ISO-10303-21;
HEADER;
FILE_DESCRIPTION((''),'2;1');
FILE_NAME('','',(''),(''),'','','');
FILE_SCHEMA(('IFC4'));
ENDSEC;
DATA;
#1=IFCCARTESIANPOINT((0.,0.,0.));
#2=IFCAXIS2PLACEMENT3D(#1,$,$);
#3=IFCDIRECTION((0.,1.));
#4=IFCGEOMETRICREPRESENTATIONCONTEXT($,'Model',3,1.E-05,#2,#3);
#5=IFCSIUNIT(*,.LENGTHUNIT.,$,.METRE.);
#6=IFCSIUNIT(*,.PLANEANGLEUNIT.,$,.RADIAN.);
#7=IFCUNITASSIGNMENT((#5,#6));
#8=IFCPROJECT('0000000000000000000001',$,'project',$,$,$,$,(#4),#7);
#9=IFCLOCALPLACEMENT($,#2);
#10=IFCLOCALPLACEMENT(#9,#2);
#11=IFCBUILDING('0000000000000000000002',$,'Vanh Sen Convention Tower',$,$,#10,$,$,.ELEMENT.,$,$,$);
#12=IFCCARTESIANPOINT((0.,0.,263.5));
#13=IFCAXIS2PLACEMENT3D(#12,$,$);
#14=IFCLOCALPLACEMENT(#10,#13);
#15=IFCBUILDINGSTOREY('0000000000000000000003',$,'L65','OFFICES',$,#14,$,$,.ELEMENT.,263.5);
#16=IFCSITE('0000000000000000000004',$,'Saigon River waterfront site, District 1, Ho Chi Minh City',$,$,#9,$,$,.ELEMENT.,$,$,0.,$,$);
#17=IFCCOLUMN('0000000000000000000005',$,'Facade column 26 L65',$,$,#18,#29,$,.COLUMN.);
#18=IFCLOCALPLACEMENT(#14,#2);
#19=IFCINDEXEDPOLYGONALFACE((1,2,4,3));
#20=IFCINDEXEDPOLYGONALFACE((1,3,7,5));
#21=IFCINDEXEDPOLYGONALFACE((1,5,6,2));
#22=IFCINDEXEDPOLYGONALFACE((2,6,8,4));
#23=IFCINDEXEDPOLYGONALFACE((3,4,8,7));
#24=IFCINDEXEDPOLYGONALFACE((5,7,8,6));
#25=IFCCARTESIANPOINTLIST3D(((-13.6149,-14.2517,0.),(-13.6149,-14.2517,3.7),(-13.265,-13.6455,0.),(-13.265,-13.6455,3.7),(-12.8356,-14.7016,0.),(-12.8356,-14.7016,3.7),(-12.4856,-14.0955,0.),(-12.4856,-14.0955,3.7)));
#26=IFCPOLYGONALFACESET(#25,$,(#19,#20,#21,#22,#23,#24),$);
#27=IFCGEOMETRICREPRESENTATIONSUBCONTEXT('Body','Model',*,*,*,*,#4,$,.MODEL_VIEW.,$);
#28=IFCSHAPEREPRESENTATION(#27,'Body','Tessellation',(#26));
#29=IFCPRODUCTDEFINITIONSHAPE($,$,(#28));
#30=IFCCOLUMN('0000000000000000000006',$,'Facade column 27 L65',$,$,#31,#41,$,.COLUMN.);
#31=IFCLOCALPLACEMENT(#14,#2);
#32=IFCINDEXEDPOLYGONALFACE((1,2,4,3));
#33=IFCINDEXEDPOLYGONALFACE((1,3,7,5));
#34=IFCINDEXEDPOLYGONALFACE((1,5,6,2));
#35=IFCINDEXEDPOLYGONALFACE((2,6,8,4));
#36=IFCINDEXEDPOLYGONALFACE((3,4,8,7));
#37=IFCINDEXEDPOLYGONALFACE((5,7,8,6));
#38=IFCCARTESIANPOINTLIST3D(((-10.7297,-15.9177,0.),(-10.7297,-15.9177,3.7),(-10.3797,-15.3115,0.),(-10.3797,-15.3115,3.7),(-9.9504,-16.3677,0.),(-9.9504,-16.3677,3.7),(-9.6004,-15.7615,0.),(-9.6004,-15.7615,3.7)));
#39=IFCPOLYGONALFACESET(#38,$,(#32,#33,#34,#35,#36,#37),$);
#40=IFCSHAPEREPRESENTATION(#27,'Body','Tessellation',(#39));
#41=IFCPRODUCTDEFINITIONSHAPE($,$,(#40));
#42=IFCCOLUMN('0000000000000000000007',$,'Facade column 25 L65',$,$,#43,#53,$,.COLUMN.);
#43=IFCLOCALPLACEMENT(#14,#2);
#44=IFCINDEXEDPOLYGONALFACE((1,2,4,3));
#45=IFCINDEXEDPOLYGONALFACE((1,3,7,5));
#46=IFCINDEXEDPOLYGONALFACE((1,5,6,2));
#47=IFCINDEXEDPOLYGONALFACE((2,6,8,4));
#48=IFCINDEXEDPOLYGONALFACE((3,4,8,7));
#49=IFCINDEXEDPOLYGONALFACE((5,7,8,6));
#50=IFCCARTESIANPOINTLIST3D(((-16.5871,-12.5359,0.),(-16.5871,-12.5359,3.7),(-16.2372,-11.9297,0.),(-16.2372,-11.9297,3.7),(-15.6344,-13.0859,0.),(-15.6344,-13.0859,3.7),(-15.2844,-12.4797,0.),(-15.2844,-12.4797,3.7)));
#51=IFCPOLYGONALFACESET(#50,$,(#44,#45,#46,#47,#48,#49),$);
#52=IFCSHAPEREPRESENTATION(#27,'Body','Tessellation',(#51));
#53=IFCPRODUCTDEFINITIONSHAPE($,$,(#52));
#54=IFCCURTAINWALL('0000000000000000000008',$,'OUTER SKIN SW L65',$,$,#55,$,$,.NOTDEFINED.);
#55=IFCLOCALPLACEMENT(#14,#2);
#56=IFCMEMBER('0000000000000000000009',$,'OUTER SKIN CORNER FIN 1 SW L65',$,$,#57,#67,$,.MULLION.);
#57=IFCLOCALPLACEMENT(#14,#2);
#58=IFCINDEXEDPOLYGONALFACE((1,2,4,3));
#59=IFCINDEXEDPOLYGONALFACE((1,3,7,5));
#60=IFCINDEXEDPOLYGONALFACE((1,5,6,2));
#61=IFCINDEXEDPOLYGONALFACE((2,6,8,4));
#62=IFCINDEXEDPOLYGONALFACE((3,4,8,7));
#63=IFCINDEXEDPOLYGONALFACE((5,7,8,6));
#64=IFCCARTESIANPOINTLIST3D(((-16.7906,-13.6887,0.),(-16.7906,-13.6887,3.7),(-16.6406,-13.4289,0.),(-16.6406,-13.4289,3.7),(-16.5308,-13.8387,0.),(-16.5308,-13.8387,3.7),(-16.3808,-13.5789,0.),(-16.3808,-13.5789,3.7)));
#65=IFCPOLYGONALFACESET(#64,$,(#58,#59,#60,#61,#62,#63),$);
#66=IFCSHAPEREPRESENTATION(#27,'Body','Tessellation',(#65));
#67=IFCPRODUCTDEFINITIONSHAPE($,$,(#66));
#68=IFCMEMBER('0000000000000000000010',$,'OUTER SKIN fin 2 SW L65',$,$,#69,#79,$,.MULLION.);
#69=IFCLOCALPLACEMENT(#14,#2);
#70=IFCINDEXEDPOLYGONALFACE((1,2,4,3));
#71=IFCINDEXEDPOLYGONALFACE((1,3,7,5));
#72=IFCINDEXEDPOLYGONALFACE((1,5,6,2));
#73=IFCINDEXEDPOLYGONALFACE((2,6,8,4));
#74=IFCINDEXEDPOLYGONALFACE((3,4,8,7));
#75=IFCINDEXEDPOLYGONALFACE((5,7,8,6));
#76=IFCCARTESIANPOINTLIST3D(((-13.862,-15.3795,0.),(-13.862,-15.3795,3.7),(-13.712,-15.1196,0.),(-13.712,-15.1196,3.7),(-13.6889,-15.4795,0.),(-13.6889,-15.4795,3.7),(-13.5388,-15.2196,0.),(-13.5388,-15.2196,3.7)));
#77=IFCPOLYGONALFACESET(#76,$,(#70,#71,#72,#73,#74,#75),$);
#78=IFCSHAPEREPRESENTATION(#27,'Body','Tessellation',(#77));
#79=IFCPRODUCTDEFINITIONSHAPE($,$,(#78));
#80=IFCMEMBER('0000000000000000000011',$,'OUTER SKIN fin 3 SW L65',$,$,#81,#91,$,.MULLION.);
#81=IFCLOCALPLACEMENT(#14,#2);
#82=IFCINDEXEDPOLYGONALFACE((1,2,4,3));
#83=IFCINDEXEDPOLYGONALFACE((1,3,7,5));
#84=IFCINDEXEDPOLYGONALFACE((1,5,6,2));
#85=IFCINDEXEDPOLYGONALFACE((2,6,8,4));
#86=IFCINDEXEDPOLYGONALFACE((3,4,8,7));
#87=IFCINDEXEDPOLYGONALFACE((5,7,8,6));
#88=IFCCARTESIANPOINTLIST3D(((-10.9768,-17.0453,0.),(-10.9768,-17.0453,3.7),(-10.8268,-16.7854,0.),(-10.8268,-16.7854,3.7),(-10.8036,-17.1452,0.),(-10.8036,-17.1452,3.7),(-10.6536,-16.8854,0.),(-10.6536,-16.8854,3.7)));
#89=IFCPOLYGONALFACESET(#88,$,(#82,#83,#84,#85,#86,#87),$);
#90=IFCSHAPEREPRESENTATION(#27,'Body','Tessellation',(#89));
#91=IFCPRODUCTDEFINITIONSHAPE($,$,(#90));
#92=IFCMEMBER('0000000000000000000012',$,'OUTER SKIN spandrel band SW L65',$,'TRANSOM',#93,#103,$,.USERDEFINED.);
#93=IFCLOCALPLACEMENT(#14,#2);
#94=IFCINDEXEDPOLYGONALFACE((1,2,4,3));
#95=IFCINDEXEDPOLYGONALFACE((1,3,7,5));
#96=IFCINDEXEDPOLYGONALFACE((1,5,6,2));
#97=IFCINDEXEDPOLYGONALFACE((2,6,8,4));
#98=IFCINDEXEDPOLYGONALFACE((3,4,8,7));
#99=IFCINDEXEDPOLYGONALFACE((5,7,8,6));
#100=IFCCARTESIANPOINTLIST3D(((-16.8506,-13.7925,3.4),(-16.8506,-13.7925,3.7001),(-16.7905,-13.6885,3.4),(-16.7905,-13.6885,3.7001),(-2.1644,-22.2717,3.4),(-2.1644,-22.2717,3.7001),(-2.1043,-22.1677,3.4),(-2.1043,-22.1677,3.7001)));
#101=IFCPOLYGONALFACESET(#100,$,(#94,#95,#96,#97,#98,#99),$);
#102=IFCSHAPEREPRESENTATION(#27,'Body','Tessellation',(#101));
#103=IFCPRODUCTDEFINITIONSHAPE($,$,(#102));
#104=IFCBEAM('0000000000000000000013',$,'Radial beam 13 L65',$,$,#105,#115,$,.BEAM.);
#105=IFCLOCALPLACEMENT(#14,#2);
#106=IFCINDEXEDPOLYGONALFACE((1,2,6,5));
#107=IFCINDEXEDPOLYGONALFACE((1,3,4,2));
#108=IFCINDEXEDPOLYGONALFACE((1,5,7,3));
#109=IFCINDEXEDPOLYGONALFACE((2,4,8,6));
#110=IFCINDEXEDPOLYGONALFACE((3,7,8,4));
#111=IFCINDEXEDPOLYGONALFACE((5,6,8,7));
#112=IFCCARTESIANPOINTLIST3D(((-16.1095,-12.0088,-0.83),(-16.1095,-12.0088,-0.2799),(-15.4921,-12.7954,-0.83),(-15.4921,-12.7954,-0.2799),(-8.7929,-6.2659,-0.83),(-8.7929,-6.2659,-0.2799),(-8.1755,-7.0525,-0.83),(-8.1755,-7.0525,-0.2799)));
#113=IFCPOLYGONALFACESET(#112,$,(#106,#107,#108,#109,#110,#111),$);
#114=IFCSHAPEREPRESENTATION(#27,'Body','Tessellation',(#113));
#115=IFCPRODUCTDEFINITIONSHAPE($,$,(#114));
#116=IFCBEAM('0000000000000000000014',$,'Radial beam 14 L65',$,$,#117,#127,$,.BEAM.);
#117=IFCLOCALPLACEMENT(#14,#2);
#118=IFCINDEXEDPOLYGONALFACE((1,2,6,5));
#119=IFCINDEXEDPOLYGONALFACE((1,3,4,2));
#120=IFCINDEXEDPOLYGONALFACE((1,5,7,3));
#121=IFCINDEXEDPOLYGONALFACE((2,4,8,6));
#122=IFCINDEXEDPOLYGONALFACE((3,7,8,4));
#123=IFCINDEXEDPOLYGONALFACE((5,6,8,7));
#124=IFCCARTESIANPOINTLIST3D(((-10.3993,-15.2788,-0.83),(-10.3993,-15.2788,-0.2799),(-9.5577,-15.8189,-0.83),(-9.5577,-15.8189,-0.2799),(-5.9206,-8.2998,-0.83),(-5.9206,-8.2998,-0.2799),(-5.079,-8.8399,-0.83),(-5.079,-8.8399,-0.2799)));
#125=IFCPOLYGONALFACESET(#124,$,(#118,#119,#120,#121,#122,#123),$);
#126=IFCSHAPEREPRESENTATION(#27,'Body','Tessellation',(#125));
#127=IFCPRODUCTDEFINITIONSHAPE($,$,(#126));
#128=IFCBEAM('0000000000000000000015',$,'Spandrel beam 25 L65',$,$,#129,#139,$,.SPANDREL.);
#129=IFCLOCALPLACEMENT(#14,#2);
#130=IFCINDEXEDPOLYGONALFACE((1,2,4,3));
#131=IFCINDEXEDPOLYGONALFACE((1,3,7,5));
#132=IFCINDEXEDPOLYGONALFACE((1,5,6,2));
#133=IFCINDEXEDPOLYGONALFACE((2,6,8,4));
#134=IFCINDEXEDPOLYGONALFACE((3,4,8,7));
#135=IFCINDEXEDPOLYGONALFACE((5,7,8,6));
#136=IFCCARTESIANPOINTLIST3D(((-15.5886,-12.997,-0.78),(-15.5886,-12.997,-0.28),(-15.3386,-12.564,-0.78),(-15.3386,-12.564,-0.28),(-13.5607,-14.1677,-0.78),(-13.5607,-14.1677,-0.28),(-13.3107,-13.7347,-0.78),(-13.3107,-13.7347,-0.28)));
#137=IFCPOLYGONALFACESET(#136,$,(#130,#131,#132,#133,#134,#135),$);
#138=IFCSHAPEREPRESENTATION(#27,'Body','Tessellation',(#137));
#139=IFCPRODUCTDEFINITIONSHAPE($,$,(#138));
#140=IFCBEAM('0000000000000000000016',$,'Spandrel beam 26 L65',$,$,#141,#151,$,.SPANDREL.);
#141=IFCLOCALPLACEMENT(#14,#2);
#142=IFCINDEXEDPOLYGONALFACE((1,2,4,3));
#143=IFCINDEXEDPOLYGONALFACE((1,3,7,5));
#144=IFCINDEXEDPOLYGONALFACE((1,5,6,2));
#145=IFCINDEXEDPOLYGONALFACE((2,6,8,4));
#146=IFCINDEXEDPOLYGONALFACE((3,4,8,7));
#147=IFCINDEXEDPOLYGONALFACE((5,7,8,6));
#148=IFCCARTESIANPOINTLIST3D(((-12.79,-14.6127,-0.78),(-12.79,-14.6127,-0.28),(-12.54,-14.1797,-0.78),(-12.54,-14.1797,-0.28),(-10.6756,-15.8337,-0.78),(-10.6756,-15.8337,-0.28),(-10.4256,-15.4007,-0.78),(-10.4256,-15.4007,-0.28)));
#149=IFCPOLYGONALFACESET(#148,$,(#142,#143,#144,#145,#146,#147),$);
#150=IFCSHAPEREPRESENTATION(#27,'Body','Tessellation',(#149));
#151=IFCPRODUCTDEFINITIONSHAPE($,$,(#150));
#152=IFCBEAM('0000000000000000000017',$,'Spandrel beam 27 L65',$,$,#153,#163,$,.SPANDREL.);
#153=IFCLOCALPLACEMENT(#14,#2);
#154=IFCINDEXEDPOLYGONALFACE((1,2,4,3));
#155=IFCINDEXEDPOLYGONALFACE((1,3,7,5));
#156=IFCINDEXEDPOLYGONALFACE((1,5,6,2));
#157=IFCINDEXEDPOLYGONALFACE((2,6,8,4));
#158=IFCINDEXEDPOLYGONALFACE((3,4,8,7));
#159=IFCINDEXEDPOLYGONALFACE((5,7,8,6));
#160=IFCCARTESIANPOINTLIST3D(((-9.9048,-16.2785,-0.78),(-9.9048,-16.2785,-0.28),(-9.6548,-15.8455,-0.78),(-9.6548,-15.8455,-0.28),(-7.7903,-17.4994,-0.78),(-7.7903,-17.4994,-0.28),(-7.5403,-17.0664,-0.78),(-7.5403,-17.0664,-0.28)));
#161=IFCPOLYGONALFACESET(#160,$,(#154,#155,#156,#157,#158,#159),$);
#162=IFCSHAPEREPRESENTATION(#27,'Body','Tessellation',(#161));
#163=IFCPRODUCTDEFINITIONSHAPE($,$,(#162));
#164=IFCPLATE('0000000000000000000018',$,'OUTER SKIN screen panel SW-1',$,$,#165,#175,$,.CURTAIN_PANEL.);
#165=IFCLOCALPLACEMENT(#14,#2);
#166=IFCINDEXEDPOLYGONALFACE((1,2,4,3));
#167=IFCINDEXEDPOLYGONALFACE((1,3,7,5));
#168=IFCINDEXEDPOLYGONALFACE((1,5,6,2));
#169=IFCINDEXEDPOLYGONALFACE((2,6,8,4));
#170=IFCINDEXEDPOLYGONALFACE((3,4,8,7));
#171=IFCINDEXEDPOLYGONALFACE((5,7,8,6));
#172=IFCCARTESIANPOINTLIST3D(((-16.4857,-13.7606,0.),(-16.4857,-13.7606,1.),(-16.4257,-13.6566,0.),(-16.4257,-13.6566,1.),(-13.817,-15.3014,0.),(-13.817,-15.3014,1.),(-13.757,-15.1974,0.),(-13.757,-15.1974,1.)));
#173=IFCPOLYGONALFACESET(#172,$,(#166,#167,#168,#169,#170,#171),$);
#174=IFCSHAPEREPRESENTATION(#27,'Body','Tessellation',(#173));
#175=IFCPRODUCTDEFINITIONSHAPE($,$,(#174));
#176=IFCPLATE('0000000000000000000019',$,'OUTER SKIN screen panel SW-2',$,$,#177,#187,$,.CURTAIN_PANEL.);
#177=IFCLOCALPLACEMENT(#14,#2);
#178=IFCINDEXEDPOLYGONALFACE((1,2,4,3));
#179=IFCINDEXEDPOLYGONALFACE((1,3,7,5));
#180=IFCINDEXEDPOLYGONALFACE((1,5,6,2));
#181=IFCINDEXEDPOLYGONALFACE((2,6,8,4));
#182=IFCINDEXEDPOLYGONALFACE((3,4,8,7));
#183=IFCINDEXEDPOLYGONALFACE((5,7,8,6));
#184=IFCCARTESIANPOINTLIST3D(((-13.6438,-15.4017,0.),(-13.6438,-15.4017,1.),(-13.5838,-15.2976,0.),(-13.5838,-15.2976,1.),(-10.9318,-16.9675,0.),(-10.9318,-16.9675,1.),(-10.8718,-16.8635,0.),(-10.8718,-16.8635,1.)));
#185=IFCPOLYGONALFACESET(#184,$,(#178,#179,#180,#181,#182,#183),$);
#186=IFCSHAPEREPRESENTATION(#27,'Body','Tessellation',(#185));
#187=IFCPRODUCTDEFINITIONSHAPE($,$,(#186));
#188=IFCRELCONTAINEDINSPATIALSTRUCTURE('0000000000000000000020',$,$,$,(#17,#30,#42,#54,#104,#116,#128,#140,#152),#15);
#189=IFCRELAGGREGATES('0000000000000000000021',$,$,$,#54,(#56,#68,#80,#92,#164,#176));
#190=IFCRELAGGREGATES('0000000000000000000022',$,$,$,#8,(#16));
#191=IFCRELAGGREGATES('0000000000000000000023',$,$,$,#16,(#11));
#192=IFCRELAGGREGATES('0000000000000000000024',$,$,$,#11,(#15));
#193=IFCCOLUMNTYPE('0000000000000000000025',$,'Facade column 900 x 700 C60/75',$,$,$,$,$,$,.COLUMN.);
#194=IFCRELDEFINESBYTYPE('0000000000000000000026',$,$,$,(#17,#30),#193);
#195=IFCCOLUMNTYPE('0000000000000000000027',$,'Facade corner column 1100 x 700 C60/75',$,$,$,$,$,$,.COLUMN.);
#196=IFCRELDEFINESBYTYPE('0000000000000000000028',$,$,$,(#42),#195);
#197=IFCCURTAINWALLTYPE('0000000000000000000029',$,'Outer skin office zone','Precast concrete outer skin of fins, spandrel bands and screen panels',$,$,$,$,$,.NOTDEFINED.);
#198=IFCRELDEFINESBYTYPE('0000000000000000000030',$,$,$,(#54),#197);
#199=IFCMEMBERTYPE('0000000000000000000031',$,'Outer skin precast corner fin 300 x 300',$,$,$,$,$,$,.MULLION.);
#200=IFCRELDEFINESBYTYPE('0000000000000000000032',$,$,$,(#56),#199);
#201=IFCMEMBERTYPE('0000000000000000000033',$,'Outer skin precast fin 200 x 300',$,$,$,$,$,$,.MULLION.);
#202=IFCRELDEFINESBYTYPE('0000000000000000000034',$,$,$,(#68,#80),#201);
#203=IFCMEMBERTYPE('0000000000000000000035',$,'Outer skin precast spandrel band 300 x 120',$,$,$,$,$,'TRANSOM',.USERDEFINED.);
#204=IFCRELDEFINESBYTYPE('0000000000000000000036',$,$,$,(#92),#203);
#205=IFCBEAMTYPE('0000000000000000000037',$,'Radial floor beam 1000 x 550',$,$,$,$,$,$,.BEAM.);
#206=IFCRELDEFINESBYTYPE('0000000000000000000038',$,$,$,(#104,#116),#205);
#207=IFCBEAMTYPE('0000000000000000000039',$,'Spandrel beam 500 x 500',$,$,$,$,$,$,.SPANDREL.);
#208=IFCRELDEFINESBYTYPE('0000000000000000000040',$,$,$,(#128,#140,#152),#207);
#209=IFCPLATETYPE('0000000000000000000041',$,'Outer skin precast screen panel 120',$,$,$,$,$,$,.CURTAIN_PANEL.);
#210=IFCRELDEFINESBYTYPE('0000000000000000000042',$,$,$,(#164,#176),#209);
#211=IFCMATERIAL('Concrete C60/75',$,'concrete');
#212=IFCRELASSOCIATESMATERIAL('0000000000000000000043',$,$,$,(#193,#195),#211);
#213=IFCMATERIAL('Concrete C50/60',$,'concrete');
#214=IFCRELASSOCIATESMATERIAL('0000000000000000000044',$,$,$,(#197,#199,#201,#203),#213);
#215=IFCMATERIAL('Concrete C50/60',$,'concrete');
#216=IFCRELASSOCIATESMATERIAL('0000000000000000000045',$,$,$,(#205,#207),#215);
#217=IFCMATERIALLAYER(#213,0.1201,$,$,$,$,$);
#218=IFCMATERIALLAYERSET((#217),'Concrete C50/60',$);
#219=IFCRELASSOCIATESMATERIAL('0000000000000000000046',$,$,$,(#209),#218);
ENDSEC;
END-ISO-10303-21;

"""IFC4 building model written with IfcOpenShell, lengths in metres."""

from ifc_helpers import new_model, si_unit, direction, frame, origin, origin_2d, place, context, subcontext, project, spatial, rectangle, extrude, material, layer, layer_set, material_profile, profile_set, type_object, element, aggregate, save


model = new_model("IFC4")

# Units and contexts
model_context = context("Model", 3, precision=1e-05, world=origin(), true_north=direction((0.0, 1.0)))
body_context = subcontext(model_context, "Body", "Model", "MODEL_VIEW")
ifc_project = project(units=[si_unit("LENGTHUNIT", "METRE"), si_unit("PLANEANGLEUNIT", "RADIAN")], contexts=[model_context])

# Site, building, storey
site_placement = place(None, origin())
site = spatial("IfcSite", under=ifc_project, at=site_placement, Name="Saigon River waterfront site, District 1, Ho Chi Minh City", CompositionType="ELEMENT", RefElevation=0.0)
building_placement = place(site_placement, origin())
building = spatial("IfcBuilding", under=site, at=building_placement, Name="Vanh Sen Convention Tower", CompositionType="ELEMENT")
storey_placement = place(building_placement, frame((0.0, 0.0, 263.5)))
storey = spatial("IfcBuildingStorey", under=building, at=storey_placement, Name="L65", Description="OFFICES", CompositionType="ELEMENT", Elevation=263.5)

# Columns
ifc_material_1 = material(Name="Concrete C60/75", Category="concrete")
ifc_material_profile_1 = material_profile(ifc_material_1, rectangle(XDim=0.8999, YDim=0.7, at=origin_2d()), Name="RC 900X700")
ifc_profile_set_1 = profile_set([ifc_material_profile_1], Name="Concrete C60/75")
column_type_1 = type_object("IfcColumnType", Name="Facade column 900 x 700 C60/75", PredefinedType="COLUMN", material=ifc_profile_set_1)
for number, where, z_axis, x_axis, name in (
    (1, (-13.0503, -14.1736, 0.0), (0.0, 0.0, 1.0), (0.866025, -0.5, 0.0), "Facade column 26 L65"),
    (2, (-10.165, -15.8396, 0.0), (0.0, 0.0, 1.0), (0.866025, -0.5, 0.0), "Facade column 27 L65"),
):
    element("IfcColumn", number, at=place(storey_placement, frame(where, z_axis=z_axis, x_axis=x_axis)), inside=storey, type_object=column_type_1, Name=name, PredefinedType="COLUMN", context=body_context, shape_type="SweptSolid", body=[
        extrude(rectangle(XDim=0.8999, YDim=0.7, at=origin_2d()), origin(), (0.0, 0.0, 1.0), 3.7),
    ])
ifc_material_profile_2 = material_profile(ifc_material_1, rectangle(XDim=1.1001, YDim=0.7, at=origin_2d()), Name="RC 1100X700")
ifc_profile_set_2 = profile_set([ifc_material_profile_2], Name="Concrete C60/75")
column_type_2 = type_object("IfcColumnType", Name="Facade corner column 1100 x 700 C60/75", PredefinedType="COLUMN", material=ifc_profile_set_2)
column_placement = place(storey_placement, frame((-15.9358, -12.5078, 0.0), z_axis=(0.0, 0.0, 1.0), x_axis=(0.866025, -0.5, 0.0)))
element("IfcColumn", 3, at=column_placement, inside=storey, type_object=column_type_2, Name="Facade column 25 L65", PredefinedType="COLUMN", context=body_context, shape_type="SweptSolid", body=[
    extrude(rectangle(XDim=1.1001, YDim=0.7, at=origin_2d()), origin(), (0.0, 0.0, 1.0), 3.7),
])

# Curtain wall, members
ifc_material_2 = material(Name="Concrete C50/60", Category="concrete")
curtain_wall_type = type_object("IfcCurtainWallType", Name="Outer skin office zone", Description="Precast concrete outer skin of fins, spandrel bands and screen panels", PredefinedType="NOTDEFINED", material=ifc_material_2)
curtain_wall_placement = place(storey_placement, origin())
curtain_wall = element("IfcCurtainWall", 4, at=curtain_wall_placement, inside=storey, type_object=curtain_wall_type, Name="OUTER SKIN SW L65", PredefinedType="NOTDEFINED")
ifc_material_profile_3 = material_profile(ifc_material_2, rectangle(XDim=0.3, YDim=0.3, at=origin_2d()), Name="Outer skin precast corner fin 300 x 300")
ifc_profile_set_3 = profile_set([ifc_material_profile_3], Name="Concrete C50/60")
member_type_1 = type_object("IfcMemberType", Name="Outer skin precast corner fin 300 x 300", PredefinedType="MULLION", material=ifc_profile_set_3)
member_1_placement = place(storey_placement, frame((-16.5857, -13.6338, 0.0), z_axis=(0.0, 0.0, 1.0), x_axis=(0.866025, -0.5, 0.0)))
member_1 = element("IfcMember", 5, at=member_1_placement, type_object=member_type_1, Name="OUTER SKIN CORNER FIN 1 SW L65", PredefinedType="MULLION", context=body_context, shape_type="SweptSolid", body=[
    extrude(rectangle(XDim=0.3, YDim=0.3, at=origin_2d()), origin(), (0.0, 0.0, 1.0), 3.7),
])
ifc_material_profile_4 = material_profile(ifc_material_2, rectangle(XDim=0.2, YDim=0.3, at=origin_2d()), Name="Outer skin precast fin 200 x 300")
ifc_profile_set_4 = profile_set([ifc_material_profile_4], Name="Concrete C50/60")
member_type_2 = type_object("IfcMemberType", Name="Outer skin precast fin 200 x 300", PredefinedType="MULLION", material=ifc_profile_set_4)
member_2_placement = place(storey_placement, frame((-13.7004, -15.2996, 0.0), z_axis=(0.0, 0.0, 1.0), x_axis=(0.866025, -0.5, 0.0)))
member_2 = element("IfcMember", 6, at=member_2_placement, type_object=member_type_2, Name="OUTER SKIN fin 2 SW L65", PredefinedType="MULLION", context=body_context, shape_type="SweptSolid", body=[
    extrude(rectangle(XDim=0.2, YDim=0.3, at=origin_2d()), origin(), (0.0, 0.0, 1.0), 3.7),
])
member_3_placement = place(storey_placement, frame((-10.8152, -16.9653, 0.0), z_axis=(0.0, 0.0, 1.0), x_axis=(0.866025, -0.5, 0.0)))
member_3 = element("IfcMember", 7, at=member_3_placement, type_object=member_type_2, Name="OUTER SKIN fin 3 SW L65", PredefinedType="MULLION", context=body_context, shape_type="SweptSolid", body=[
    extrude(rectangle(XDim=0.2, YDim=0.3, at=origin_2d()), origin(), (0.0, 0.0, 1.0), 3.7),
])
ifc_material_profile_5 = material_profile(ifc_material_2, rectangle(XDim=0.1201, YDim=0.3, at=origin_2d()), Name="Outer skin precast spandrel band 300 x 120")
ifc_profile_set_5 = profile_set([ifc_material_profile_5], Name="Concrete C50/60")
member_type_3 = type_object("IfcMemberType", Name="Outer skin precast spandrel band 300 x 120", ElementType="TRANSOM", PredefinedType="USERDEFINED", material=ifc_profile_set_5)
member_4_placement = place(storey_placement, frame((-16.8206, -13.7405, 3.55), z_axis=(0.866022, -0.500005, 0.0), x_axis=(0.500005, 0.866022, 0.0)))
member_4 = element("IfcMember", 8, at=member_4_placement, type_object=member_type_3, Name="OUTER SKIN spandrel band SW L65", ObjectType="TRANSOM", PredefinedType="USERDEFINED", context=body_context, shape_type="SweptSolid", body=[
    extrude(rectangle(XDim=0.1201, YDim=0.3, at=origin_2d()), origin(), (0.0, 0.0, 1.0), 16.9583),
])

# Beams
ifc_material_3 = material(Name="Concrete C50/60", Category="concrete")
ifc_material_profile_6 = material_profile(ifc_material_3, rectangle(XDim=1.0, YDim=0.55, at=origin_2d()), Name="RC 1000X550")
ifc_profile_set_6 = profile_set([ifc_material_profile_6], Name="Concrete C50/60")
beam_type_1 = type_object("IfcBeamType", Name="Radial floor beam 1000 x 550", PredefinedType="BEAM", material=ifc_profile_set_6)
beam_1_placement = place(storey_placement, frame((-15.8008, -12.4021, -0.5549), z_axis=(0.786625, 0.617431, 0.0), x_axis=(-0.617431, 0.786625, 0.0)))
element("IfcBeam", 9, at=beam_1_placement, inside=storey, type_object=beam_type_1, Name="Radial beam 13 L65", PredefinedType="BEAM", context=body_context, shape_type="SweptSolid", body=[
    extrude(rectangle(XDim=1.0, YDim=0.55, at=origin_2d()), origin(), (0.0, 0.0, 1.0), 9.3013),
])
beam_2_placement = place(storey_placement, frame((-9.9785, -15.5488, -0.5549), z_axis=(0.540097, 0.841603, 0.0), x_axis=(-0.841603, 0.540097, 0.0)))
element("IfcBeam", 10, at=beam_2_placement, inside=storey, type_object=beam_type_1, Name="Radial beam 14 L65", PredefinedType="BEAM", context=body_context, shape_type="SweptSolid", body=[
    extrude(rectangle(XDim=1.0, YDim=0.55, at=origin_2d()), origin(), (0.0, 0.0, 1.0), 8.2925),
])
ifc_material_profile_7 = material_profile(ifc_material_3, rectangle(XDim=0.5, YDim=0.5, at=origin_2d()), Name="RC 500X500")
ifc_profile_set_7 = profile_set([ifc_material_profile_7], Name="Concrete C50/60")
beam_type_2 = type_object("IfcBeamType", Name="Spandrel beam 500 x 500", PredefinedType="SPANDREL", material=ifc_profile_set_7)
beam_3_placement = place(storey_placement, frame((-15.4636, -12.7805, -0.53), z_axis=(0.866047, -0.499963, 0.0), x_axis=(0.499963, 0.866047, 0.0)))
element("IfcBeam", 11, at=beam_3_placement, inside=storey, type_object=beam_type_2, Name="Spandrel beam 25 L65", PredefinedType="SPANDREL", context=body_context, shape_type="SweptSolid", body=[
    extrude(rectangle(XDim=0.5, YDim=0.5, at=origin_2d()), origin(), (0.0, 0.0, 1.0), 2.3416),
])
for number, where, z_axis, x_axis, name in (
    (12, (-12.665, -14.3962, -0.53), (0.866001, -0.500043, 0.0), (0.500043, 0.866001, 0.0), "Spandrel beam 26 L65"),
    (13, (-9.7798, -16.062, -0.53), (0.866001, -0.500043, 0.0), (0.500043, 0.866001, 0.0), "Spandrel beam 27 L65"),
):
    element("IfcBeam", number, at=place(storey_placement, frame(where, z_axis=z_axis, x_axis=x_axis)), inside=storey, type_object=beam_type_2, Name=name, PredefinedType="SPANDREL", context=body_context, shape_type="SweptSolid", body=[
        extrude(rectangle(XDim=0.5, YDim=0.5, at=origin_2d()), origin(), (0.0, 0.0, 1.0), 2.4417),
    ])

# Plates
ifc_layer_1 = layer(ifc_material_2, 0.1201)
ifc_layer_set_1 = layer_set([ifc_layer_1], Name="Concrete C50/60")
plate_type = type_object("IfcPlateType", Name="Outer skin precast screen panel 120", PredefinedType="CURTAIN_PANEL", material=ifc_layer_set_1)
plate_1_placement = place(storey_placement, frame((-15.1213, -14.479, 0.0), z_axis=(0.0, 0.0, 1.0), x_axis=(0.866029, -0.499994, 0.0)))
plate_1 = element("IfcPlate", 14, at=plate_1_placement, type_object=plate_type, Name="OUTER SKIN screen panel SW-1", PredefinedType="CURTAIN_PANEL", context=body_context, shape_type="SweptSolid", body=[
    extrude(rectangle(XDim=3.0815, YDim=0.1201, at=origin_2d()), origin(), (0.0, 0.0, 1.0), 1.0),
])
plate_2_placement = place(storey_placement, frame((-12.2578, -16.1326, 0.0), z_axis=(0.0, 0.0, 1.0), x_axis=(0.866016, -0.500017, 0.0)))
plate_2 = element("IfcPlate", 15, at=plate_2_placement, type_object=plate_type, Name="OUTER SKIN screen panel SW-2", PredefinedType="CURTAIN_PANEL", context=body_context, shape_type="SweptSolid", body=[
    extrude(rectangle(XDim=3.1316, YDim=0.1201, at=origin_2d()), origin(), (0.0, 0.0, 1.0), 1.0),
])
aggregate(curtain_wall, [member_1, member_2, member_3, member_4, plate_1, plate_2])

save(model, "model.ifc")
